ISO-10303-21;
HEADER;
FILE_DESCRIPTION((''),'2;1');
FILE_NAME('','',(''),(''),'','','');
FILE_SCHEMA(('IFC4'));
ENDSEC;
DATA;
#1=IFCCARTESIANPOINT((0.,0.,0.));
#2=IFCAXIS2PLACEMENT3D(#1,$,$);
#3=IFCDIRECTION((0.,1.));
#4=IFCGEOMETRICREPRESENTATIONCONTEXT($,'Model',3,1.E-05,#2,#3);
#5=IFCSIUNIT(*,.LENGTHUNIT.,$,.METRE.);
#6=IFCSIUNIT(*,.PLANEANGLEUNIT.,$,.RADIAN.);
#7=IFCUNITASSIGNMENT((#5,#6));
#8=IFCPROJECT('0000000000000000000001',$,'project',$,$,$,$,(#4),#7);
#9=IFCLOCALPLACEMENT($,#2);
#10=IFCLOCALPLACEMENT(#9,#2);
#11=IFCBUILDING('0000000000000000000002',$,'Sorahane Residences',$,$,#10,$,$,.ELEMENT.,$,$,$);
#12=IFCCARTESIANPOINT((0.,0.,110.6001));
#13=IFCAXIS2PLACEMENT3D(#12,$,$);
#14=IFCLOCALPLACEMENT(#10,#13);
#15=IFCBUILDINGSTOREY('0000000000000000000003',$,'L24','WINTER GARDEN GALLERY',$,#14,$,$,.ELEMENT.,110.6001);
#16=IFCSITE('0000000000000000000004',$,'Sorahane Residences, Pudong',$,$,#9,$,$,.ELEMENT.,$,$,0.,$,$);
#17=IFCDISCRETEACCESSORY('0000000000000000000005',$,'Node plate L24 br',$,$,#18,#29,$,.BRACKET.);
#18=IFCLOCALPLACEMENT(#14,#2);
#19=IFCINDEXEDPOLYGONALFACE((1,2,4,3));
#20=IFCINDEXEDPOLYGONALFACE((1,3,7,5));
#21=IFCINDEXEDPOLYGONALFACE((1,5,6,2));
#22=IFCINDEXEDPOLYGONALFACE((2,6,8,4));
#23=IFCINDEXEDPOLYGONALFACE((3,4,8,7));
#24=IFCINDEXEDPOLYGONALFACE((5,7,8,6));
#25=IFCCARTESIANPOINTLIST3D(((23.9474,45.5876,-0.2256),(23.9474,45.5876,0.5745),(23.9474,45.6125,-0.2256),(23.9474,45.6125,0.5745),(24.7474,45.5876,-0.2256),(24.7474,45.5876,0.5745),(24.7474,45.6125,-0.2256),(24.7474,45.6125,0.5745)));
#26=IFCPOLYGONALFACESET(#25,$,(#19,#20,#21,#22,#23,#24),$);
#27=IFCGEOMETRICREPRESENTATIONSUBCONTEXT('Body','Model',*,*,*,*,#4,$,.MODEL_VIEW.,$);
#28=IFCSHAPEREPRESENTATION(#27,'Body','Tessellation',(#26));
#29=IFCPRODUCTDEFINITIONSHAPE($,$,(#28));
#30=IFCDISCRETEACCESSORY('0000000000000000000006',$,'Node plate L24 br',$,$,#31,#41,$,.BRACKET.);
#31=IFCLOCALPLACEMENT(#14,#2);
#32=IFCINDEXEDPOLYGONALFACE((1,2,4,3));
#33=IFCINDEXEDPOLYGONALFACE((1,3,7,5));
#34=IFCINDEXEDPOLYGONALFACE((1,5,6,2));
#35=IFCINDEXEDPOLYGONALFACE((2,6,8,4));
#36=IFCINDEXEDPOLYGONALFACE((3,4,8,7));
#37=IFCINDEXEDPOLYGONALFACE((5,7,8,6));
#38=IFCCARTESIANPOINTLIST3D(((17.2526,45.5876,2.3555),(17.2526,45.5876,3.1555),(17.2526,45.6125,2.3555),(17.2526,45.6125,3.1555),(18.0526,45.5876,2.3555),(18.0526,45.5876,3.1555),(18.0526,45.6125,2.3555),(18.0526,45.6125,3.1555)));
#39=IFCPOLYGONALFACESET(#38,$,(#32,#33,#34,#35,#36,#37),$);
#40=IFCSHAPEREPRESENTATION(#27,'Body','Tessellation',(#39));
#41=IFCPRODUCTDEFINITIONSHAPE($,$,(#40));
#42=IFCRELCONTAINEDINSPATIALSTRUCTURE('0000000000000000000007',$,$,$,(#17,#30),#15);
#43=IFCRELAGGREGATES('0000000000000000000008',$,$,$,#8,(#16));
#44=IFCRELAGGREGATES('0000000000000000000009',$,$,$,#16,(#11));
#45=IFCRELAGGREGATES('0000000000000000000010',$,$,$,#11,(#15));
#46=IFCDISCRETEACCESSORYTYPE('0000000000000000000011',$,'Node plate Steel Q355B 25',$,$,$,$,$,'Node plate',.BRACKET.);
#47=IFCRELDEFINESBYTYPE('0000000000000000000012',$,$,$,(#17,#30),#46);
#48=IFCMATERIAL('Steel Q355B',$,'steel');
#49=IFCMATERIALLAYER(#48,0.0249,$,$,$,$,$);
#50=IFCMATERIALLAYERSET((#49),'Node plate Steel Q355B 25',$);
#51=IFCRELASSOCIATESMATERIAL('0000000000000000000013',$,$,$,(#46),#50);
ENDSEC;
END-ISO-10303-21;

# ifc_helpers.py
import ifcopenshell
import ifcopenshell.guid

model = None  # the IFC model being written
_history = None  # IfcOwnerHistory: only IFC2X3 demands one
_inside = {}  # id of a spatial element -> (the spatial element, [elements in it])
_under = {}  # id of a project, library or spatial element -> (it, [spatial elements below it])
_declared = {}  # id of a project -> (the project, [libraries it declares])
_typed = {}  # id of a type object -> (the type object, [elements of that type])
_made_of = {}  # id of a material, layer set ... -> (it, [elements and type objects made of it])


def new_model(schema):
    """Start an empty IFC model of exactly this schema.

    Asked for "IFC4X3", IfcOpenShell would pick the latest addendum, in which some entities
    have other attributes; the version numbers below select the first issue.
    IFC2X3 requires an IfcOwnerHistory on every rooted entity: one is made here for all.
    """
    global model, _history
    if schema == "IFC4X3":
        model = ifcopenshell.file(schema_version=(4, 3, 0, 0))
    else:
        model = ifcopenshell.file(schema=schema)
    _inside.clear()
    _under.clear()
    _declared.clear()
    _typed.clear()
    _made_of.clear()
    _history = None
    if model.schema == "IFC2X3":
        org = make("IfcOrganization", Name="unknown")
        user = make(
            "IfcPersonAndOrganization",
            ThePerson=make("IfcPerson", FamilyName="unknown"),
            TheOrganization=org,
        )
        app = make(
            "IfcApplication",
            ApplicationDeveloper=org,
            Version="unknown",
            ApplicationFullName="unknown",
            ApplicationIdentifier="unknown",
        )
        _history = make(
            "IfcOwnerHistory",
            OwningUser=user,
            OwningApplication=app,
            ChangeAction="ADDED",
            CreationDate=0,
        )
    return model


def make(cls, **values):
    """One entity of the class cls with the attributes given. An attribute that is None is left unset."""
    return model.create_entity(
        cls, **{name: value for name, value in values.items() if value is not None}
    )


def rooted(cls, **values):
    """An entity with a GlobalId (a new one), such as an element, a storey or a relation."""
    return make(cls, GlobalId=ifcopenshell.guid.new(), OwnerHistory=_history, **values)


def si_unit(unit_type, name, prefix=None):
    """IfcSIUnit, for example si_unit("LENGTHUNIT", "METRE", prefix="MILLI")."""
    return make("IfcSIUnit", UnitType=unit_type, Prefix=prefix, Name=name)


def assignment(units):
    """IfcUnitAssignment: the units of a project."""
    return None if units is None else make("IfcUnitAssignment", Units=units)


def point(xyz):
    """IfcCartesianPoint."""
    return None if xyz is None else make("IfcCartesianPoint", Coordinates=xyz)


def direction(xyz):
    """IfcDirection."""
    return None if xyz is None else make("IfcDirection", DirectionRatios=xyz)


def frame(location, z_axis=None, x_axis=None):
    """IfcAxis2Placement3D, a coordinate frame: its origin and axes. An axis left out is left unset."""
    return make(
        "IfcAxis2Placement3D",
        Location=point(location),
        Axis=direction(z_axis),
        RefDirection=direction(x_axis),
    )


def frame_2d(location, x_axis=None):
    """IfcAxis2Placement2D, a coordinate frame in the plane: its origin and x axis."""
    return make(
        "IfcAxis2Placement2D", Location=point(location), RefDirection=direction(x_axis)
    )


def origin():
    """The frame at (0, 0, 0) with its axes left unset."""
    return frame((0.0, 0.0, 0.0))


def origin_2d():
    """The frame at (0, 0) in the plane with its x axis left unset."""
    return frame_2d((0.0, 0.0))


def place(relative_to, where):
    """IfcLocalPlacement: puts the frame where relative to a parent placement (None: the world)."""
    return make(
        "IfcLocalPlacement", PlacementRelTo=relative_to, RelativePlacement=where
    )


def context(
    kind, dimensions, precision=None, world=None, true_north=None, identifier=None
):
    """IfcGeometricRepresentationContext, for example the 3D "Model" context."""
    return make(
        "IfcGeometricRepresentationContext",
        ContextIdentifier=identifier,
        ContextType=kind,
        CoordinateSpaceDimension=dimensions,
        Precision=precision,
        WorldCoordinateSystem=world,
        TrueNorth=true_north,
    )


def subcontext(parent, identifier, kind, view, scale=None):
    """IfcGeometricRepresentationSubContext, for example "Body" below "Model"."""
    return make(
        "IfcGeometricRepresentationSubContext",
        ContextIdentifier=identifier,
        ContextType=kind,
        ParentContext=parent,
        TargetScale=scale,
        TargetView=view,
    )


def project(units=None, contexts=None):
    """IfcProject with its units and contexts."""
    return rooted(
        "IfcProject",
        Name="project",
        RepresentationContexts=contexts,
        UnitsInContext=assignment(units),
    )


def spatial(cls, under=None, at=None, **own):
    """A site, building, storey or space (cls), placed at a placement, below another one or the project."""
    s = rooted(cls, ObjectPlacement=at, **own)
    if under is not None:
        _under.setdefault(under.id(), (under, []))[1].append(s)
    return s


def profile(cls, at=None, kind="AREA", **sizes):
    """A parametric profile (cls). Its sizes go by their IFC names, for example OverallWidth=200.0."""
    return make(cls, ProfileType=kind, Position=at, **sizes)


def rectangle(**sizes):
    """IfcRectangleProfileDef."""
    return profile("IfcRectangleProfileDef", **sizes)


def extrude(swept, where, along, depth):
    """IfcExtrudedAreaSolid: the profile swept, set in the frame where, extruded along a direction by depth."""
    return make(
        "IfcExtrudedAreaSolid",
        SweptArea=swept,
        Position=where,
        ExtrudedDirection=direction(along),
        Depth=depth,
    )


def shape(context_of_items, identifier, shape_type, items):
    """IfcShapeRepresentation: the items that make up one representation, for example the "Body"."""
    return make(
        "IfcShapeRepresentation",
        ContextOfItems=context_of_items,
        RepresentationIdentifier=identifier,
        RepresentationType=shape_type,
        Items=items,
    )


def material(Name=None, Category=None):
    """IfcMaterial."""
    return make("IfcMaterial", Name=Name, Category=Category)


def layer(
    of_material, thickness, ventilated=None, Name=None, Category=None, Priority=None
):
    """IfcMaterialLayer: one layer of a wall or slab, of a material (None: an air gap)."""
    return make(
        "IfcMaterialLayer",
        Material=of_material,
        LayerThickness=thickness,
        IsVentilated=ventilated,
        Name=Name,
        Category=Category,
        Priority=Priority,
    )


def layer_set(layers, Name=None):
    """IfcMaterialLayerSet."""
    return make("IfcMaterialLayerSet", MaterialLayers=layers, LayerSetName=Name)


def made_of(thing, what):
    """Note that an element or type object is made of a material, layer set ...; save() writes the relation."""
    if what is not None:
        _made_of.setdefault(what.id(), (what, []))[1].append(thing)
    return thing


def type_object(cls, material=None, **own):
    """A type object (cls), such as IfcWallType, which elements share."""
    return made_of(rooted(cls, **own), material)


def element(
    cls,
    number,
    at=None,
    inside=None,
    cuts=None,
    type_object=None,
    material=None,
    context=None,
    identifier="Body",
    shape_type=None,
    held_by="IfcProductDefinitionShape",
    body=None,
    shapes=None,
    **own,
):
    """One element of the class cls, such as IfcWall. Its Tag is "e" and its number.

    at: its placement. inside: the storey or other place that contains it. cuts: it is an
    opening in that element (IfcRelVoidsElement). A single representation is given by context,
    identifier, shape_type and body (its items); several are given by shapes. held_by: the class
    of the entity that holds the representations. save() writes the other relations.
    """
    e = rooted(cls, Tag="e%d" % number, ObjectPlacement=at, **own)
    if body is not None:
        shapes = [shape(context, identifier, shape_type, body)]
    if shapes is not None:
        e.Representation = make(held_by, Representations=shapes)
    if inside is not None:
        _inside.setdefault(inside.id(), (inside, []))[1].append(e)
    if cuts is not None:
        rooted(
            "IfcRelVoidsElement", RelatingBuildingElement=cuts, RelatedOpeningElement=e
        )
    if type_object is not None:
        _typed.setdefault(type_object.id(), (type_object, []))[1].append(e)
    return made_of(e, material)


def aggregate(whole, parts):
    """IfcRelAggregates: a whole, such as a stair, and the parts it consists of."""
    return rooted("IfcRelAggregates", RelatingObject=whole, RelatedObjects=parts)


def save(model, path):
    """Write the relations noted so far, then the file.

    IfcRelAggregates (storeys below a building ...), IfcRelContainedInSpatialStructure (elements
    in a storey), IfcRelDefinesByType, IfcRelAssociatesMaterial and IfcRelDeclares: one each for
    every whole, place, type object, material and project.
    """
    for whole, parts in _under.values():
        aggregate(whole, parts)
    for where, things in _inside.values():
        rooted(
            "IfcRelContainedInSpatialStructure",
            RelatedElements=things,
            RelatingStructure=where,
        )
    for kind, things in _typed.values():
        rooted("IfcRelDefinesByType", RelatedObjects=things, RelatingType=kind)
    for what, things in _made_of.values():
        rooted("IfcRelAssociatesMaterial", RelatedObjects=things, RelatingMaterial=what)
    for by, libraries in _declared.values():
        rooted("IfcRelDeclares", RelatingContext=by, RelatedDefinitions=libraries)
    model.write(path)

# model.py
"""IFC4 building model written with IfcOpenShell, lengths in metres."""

from ifc_helpers import new_model, si_unit, direction, frame, origin, origin_2d, place, context, subcontext, project, spatial, rectangle, extrude, material, layer, layer_set, type_object, element, save


model = new_model("IFC4")

# Units and contexts
model_context = context("Model", 3, precision=1e-05, world=origin(), true_north=direction((0.0, 1.0)))
body_context = subcontext(model_context, "Body", "Model", "MODEL_VIEW")
ifc_project = project(units=[si_unit("LENGTHUNIT", "METRE"), si_unit("PLANEANGLEUNIT", "RADIAN")], contexts=[model_context])

# Site, building, storey
site_placement = place(None, origin())
site = spatial("IfcSite", under=ifc_project, at=site_placement, Name="Sorahane Residences, Pudong", CompositionType="ELEMENT", RefElevation=0.0)
building_placement = place(site_placement, origin())
building = spatial("IfcBuilding", under=site, at=building_placement, Name="Sorahane Residences", CompositionType="ELEMENT")
storey_placement = place(building_placement, frame((0.0, 0.0, 110.6001)))
storey = spatial("IfcBuildingStorey", under=building, at=storey_placement, Name="L24", Description="WINTER GARDEN GALLERY", CompositionType="ELEMENT", Elevation=110.6001)

# Discrete accessories
ifc_material_1 = material(Name="Steel Q355B", Category="steel")
ifc_layer_1 = layer(ifc_material_1, 0.0249)
ifc_layer_set_1 = layer_set([ifc_layer_1], Name="Node plate Steel Q355B 25")
discrete_accessory_type = type_object("IfcDiscreteAccessoryType", Name="Node plate Steel Q355B 25", ElementType="Node plate", PredefinedType="BRACKET", material=ifc_layer_set_1)
for number, where, z_axis, x_axis, name in (
    (1, (24.3474, 45.6001, -0.2256), (0.0, 0.0, 1.0), (1.0, 0.0, 0.0), "Node plate L24 br"),
    (2, (17.6526, 45.6001, 2.3555), (0.0, 0.0, 1.0), (1.0, 0.0, 0.0), "Node plate L24 br"),
):
    element("IfcDiscreteAccessory", number, at=place(storey_placement, frame(where, z_axis=z_axis, x_axis=x_axis)), inside=storey, type_object=discrete_accessory_type, Name=name, PredefinedType="BRACKET", context=body_context, shape_type="SweptSolid", body=[
        extrude(rectangle(XDim=0.8, YDim=0.0249, at=origin_2d()), origin(), (0.0, 0.0, 1.0), 0.8),
    ])

save(model, "model.ifc")
